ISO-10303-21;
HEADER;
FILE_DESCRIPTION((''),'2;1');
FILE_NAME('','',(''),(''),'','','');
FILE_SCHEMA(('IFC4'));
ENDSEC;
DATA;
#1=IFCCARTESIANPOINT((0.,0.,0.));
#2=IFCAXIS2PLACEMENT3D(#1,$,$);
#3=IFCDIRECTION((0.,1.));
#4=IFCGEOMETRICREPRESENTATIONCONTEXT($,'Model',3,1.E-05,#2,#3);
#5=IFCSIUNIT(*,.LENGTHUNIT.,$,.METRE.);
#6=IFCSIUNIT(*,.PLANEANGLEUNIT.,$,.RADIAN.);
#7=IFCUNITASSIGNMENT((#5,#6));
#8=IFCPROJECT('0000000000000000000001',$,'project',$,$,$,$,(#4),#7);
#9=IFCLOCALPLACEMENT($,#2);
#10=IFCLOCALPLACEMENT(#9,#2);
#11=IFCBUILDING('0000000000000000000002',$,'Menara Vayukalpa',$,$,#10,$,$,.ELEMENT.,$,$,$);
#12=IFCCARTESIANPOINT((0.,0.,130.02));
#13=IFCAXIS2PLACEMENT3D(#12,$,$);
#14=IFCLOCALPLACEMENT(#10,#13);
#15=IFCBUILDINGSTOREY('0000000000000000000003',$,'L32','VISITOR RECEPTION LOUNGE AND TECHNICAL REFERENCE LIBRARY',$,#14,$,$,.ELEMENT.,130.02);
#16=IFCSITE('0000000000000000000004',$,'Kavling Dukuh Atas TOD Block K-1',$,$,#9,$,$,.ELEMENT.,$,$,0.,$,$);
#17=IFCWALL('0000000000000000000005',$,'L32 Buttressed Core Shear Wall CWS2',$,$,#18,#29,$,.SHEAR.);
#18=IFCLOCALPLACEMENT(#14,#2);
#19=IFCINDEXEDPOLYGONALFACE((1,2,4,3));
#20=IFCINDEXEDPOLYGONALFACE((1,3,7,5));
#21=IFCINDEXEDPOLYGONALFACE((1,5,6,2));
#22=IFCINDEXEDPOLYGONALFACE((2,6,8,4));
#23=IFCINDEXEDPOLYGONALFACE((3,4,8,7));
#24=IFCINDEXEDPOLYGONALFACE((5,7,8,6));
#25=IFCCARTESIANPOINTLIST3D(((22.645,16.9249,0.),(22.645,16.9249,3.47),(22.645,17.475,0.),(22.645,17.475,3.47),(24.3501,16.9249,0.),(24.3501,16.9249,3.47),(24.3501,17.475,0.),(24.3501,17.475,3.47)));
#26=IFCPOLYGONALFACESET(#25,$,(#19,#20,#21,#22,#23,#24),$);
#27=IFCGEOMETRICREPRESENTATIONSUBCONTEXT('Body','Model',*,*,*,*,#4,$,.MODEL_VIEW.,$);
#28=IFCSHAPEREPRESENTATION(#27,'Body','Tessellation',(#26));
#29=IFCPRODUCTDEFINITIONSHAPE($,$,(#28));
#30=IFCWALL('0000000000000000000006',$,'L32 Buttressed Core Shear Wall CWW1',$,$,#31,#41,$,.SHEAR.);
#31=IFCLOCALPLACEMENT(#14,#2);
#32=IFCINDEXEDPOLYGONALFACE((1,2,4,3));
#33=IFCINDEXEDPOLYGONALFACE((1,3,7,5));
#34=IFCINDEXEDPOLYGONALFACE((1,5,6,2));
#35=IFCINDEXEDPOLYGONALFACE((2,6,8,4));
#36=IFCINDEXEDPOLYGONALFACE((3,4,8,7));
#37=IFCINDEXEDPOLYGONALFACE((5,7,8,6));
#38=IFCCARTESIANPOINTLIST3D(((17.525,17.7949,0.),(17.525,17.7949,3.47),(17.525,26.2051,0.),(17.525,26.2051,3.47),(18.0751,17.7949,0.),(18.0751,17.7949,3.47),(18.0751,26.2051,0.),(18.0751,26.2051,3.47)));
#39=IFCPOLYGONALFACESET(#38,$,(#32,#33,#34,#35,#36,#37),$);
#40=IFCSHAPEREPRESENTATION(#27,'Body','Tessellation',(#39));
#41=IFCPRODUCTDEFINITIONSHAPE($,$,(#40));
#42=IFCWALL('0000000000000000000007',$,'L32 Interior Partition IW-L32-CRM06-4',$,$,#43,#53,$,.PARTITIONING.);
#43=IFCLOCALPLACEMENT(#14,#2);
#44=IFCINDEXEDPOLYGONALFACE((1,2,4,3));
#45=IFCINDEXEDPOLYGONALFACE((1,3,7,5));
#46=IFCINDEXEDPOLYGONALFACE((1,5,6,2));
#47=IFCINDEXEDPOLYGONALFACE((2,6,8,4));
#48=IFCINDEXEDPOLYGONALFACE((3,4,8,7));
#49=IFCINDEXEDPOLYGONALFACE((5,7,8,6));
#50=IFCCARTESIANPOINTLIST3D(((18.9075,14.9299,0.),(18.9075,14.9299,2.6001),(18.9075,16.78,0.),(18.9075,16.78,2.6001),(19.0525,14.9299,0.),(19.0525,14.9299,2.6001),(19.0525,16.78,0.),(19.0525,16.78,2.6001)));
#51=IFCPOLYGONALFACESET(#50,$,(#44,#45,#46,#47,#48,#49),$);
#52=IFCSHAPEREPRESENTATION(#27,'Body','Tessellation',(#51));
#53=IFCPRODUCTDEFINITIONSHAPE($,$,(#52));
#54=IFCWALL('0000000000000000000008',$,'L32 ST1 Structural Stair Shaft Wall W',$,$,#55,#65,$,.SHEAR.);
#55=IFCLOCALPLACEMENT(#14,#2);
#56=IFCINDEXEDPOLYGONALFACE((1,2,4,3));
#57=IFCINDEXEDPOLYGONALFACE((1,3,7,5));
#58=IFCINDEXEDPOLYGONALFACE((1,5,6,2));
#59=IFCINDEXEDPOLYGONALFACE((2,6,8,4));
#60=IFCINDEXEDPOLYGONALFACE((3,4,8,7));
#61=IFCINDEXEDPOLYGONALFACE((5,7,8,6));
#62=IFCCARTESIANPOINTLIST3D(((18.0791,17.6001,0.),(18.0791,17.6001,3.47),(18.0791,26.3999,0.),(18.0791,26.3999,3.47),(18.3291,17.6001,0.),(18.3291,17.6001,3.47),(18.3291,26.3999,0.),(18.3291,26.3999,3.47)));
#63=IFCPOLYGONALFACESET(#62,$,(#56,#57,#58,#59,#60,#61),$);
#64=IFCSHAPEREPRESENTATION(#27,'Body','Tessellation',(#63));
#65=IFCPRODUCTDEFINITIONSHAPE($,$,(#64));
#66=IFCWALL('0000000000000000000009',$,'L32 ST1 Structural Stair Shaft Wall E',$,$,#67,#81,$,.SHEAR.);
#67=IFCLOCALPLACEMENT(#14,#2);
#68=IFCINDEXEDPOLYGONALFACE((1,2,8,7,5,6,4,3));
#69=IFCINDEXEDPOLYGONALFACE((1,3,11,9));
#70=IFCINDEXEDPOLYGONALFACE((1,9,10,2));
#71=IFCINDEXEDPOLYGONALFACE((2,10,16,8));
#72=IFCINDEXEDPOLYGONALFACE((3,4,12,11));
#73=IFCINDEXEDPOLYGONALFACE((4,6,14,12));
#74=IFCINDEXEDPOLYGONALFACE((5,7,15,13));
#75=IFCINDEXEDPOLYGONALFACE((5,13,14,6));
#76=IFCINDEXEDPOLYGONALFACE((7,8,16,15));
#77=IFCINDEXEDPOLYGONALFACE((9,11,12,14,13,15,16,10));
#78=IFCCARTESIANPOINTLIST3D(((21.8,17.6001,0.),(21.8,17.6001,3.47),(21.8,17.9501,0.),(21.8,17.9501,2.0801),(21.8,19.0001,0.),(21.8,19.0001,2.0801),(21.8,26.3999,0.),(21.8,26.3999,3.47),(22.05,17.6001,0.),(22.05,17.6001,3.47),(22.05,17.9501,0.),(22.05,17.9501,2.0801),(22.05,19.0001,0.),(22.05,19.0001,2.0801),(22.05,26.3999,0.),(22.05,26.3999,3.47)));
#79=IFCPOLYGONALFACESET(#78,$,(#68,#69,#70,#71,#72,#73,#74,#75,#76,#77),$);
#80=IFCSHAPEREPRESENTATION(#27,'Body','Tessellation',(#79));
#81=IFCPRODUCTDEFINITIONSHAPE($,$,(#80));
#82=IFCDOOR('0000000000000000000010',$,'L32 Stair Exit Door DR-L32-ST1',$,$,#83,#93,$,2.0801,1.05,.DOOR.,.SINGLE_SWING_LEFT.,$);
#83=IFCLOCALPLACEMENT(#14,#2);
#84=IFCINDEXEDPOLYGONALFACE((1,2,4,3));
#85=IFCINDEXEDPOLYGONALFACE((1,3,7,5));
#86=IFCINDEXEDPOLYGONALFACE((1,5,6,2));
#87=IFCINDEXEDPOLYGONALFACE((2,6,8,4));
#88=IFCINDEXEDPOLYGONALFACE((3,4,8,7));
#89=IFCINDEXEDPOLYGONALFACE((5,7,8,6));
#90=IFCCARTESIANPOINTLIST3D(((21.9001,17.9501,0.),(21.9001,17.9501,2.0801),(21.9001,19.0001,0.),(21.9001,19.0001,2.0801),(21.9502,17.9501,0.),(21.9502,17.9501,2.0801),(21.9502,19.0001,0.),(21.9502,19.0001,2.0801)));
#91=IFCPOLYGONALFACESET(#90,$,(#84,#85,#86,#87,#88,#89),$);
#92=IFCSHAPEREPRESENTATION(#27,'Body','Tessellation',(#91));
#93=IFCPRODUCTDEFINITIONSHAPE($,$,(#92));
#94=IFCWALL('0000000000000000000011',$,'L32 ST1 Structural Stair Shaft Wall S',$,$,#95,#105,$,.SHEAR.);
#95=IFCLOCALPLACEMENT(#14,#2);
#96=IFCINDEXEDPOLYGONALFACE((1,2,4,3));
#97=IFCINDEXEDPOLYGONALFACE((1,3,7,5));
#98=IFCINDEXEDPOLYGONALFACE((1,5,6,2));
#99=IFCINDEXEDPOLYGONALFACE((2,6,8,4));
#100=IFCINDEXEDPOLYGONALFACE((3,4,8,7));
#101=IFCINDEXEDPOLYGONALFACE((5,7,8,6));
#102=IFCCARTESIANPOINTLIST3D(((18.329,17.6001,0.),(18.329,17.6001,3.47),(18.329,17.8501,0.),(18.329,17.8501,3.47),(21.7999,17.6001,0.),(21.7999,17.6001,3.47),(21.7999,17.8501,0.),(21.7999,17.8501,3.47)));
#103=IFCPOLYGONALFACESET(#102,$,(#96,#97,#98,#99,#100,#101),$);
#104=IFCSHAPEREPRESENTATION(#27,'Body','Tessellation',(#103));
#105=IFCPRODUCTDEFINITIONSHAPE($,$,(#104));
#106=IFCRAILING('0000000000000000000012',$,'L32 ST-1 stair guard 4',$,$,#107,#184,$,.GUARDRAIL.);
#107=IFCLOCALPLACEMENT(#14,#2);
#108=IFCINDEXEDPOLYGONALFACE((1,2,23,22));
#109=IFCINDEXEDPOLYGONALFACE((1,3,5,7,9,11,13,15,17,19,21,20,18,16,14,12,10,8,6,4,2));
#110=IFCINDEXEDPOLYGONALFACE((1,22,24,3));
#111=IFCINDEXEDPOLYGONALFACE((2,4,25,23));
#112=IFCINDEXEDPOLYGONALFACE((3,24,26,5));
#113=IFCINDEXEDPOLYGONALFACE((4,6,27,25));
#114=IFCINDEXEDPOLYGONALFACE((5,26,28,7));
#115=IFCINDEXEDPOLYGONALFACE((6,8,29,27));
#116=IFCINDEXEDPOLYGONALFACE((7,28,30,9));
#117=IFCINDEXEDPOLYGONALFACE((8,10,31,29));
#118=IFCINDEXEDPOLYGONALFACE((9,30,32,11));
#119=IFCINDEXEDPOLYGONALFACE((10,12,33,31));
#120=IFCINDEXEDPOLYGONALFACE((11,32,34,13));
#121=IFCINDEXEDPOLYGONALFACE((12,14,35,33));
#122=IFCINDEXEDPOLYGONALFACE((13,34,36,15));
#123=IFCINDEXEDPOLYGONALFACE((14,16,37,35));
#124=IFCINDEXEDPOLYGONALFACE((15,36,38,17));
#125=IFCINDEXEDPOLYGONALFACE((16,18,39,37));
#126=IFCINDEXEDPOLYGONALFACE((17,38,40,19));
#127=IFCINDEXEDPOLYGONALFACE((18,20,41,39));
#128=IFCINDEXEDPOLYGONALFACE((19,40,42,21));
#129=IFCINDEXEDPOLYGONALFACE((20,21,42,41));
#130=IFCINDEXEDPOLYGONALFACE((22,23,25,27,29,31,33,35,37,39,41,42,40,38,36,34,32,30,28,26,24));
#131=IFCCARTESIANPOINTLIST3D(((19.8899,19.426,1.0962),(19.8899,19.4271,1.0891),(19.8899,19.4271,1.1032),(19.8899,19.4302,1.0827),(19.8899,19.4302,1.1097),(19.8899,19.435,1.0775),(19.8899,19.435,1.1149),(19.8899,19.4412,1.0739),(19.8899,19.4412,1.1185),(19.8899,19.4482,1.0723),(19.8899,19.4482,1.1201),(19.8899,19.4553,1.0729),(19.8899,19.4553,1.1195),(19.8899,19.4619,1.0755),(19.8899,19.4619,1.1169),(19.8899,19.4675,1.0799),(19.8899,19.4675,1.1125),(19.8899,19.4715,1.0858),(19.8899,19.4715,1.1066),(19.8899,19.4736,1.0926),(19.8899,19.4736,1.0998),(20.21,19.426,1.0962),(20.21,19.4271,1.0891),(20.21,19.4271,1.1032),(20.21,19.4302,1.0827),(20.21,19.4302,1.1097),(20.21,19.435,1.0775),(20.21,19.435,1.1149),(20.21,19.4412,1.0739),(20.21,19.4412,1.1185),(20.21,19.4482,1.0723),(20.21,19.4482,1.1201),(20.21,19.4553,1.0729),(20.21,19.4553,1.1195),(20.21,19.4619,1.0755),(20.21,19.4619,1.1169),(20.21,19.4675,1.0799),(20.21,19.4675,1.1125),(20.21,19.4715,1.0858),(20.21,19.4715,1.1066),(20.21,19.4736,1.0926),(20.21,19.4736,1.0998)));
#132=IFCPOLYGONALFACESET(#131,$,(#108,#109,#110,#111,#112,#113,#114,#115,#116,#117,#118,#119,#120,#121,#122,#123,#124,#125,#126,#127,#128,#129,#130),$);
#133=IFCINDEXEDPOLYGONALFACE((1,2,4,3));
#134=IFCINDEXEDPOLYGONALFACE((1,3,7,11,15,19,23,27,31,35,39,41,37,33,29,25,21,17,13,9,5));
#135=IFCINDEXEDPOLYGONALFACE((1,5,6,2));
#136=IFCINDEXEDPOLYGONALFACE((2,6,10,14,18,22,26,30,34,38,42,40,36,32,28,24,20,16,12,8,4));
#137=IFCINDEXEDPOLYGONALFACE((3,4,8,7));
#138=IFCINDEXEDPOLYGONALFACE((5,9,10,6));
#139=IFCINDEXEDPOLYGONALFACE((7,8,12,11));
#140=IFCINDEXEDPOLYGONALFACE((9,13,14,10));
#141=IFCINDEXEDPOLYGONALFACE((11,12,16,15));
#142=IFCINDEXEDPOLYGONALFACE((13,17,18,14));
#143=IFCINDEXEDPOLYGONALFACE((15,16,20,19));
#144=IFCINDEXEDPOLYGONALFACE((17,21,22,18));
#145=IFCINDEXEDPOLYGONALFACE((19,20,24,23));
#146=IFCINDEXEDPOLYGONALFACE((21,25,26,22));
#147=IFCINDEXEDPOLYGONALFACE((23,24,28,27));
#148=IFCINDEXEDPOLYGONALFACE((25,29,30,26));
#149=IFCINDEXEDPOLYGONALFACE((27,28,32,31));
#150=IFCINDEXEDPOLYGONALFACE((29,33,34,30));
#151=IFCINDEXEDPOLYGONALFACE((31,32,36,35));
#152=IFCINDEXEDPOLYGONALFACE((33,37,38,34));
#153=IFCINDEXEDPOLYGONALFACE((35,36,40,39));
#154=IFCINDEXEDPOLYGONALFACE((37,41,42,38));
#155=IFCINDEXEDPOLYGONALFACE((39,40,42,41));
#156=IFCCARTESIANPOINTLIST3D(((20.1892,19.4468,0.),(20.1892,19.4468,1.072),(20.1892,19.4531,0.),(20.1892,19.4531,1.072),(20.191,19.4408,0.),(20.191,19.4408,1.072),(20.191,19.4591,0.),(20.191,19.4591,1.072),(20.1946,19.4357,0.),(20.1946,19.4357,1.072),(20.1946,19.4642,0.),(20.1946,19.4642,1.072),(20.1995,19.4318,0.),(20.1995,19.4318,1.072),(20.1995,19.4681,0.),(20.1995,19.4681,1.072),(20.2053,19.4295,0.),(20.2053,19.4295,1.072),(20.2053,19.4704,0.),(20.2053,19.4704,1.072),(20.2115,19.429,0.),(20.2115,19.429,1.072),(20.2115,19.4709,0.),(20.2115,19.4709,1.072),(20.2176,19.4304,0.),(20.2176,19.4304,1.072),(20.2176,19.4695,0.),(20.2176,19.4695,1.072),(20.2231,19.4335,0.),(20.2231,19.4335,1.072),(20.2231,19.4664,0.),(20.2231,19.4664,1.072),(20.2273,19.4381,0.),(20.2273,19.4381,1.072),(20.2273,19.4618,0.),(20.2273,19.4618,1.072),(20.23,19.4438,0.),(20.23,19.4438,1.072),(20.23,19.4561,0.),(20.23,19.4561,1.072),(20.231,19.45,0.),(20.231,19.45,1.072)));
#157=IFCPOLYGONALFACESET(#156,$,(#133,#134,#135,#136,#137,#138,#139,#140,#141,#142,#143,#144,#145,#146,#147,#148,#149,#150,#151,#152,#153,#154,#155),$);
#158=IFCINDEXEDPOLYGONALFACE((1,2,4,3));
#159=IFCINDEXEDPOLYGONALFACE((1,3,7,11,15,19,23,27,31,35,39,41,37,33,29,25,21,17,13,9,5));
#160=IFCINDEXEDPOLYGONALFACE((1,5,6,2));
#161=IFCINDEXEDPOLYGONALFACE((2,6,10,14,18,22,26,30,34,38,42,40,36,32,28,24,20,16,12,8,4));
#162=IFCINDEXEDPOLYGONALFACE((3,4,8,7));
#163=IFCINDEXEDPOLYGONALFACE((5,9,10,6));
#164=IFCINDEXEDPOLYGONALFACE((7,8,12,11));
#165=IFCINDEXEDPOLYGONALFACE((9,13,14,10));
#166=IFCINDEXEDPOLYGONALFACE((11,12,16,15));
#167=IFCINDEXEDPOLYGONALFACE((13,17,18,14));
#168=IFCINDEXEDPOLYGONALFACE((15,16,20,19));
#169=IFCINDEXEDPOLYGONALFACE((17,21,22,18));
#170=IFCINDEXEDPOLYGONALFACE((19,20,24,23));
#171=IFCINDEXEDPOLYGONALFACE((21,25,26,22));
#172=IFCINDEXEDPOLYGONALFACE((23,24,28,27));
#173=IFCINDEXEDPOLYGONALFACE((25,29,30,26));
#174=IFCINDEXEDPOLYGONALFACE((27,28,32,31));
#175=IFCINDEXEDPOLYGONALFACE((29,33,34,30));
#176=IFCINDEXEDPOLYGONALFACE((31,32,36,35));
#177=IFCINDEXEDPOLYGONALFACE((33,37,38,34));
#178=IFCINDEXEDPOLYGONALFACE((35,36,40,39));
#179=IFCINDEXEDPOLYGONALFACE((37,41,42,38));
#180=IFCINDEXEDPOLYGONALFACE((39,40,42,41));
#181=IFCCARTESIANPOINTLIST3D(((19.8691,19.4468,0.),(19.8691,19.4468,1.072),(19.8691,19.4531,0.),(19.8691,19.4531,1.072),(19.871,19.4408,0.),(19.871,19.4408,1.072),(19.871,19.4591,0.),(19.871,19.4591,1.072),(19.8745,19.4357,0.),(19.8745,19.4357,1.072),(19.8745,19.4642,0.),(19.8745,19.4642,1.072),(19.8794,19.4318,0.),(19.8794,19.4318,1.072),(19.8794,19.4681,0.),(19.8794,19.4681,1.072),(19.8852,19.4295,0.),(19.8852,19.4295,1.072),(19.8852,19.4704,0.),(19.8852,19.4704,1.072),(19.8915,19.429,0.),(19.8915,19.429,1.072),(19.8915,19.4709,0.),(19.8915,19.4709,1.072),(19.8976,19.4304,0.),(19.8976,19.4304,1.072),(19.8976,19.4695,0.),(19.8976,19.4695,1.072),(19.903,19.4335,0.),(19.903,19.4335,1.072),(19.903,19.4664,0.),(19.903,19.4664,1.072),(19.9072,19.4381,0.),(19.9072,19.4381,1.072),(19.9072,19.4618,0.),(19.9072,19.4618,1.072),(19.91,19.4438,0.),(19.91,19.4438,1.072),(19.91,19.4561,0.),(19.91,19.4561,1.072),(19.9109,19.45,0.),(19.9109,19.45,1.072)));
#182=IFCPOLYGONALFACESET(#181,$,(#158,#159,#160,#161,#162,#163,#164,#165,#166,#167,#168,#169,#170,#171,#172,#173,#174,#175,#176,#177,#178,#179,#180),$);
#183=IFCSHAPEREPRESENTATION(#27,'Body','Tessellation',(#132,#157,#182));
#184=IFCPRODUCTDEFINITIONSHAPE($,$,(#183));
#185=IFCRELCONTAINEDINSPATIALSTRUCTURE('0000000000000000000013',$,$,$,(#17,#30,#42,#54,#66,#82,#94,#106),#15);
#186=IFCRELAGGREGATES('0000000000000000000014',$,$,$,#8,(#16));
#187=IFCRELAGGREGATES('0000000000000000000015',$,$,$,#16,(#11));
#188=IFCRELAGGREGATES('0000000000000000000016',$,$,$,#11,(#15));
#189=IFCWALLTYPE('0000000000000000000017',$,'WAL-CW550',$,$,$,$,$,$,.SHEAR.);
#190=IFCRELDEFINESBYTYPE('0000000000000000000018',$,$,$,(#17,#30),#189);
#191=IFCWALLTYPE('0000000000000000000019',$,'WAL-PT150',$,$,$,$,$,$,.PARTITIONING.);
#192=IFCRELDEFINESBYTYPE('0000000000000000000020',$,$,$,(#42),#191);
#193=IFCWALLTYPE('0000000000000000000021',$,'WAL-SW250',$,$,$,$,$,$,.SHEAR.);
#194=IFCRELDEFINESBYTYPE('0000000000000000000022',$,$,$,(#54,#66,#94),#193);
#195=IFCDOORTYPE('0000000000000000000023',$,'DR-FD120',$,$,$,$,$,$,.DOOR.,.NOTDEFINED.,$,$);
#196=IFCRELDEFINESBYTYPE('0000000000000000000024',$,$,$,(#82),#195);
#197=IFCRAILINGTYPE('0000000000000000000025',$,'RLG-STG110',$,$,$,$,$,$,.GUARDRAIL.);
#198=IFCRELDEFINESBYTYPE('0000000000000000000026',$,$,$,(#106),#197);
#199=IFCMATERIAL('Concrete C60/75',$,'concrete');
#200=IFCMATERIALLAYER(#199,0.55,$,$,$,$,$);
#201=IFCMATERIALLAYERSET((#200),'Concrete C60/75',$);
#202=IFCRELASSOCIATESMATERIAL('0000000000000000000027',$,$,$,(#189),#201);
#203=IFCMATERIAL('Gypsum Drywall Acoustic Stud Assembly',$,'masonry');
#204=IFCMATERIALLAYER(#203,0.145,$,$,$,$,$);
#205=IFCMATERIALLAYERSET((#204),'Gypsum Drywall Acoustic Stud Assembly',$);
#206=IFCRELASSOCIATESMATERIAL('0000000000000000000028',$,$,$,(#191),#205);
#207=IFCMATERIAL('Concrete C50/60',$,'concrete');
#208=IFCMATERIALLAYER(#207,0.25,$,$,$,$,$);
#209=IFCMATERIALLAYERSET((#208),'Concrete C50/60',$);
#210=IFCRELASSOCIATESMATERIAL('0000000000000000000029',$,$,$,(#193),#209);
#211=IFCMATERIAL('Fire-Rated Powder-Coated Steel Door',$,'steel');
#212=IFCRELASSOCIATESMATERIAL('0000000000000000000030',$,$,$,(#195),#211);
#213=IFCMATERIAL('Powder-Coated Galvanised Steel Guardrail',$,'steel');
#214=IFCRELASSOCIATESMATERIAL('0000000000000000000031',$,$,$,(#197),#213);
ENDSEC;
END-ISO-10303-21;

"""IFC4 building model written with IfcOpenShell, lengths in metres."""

from ifc_helpers import new_model, si_unit, direction, frame, frame_2d, origin, origin_2d, place, context, subcontext, project, spatial, rectangle, circle, extrude, material, layer, layer_set, type_object, element, fill, save


model = new_model("IFC4")

# Units and contexts
model_context = context("Model", 3, precision=1e-05, world=origin(), true_north=direction((0.0, 1.0)))
body_context = subcontext(model_context, "Body", "Model", "MODEL_VIEW")
ifc_project = project(units=[si_unit("LENGTHUNIT", "METRE"), si_unit("PLANEANGLEUNIT", "RADIAN")], contexts=[model_context])

# Site, building, storey
site_placement = place(None, origin())
site = spatial("IfcSite", under=ifc_project, at=site_placement, Name="Kavling Dukuh Atas TOD Block K-1", CompositionType="ELEMENT", RefElevation=0.0)
building_placement = place(site_placement, origin())
building = spatial("IfcBuilding", under=site, at=building_placement, Name="Menara Vayukalpa", CompositionType="ELEMENT")
storey_placement = place(building_placement, frame((0.0, 0.0, 130.02)))
storey = spatial("IfcBuildingStorey", under=building, at=storey_placement, Name="L32", Description="VISITOR RECEPTION LOUNGE AND TECHNICAL REFERENCE LIBRARY", CompositionType="ELEMENT", Elevation=130.02)

# Walls
ifc_material_1 = material(Name="Concrete C60/75", Category="concrete")
ifc_layer_1 = layer(ifc_material_1, 0.55)
ifc_layer_set_1 = layer_set([ifc_layer_1], Name="Concrete C60/75")
wall_type_1 = type_object("IfcWallType", Name="WAL-CW550", PredefinedType="SHEAR", material=ifc_layer_set_1)
wall_1_placement = place(storey_placement, frame((22.645, 17.2, 0.0), z_axis=(0.0, 0.0, 1.0), x_axis=(1.0, 0.0, 0.0)))
element("IfcWall", 1, at=wall_1_placement, inside=storey, type_object=wall_type_1, Name="L32 Buttressed Core Shear Wall CWS2", PredefinedType="SHEAR", context=body_context, shape_type="SweptSolid", body=[
    extrude(rectangle(XDim=1.7051, YDim=0.55, at=frame_2d((0.8525, 0.0))), origin(), (0.0, 0.0, 1.0), 3.47),
])
wall_2_placement = place(storey_placement, frame((17.8, 17.7949, 0.0), z_axis=(0.0, 0.0, 1.0), x_axis=(0.0, 1.0, 0.0)))
element("IfcWall", 2, at=wall_2_placement, inside=storey, type_object=wall_type_1, Name="L32 Buttressed Core Shear Wall CWW1", PredefinedType="SHEAR", context=body_context, shape_type="SweptSolid", body=[
    extrude(rectangle(XDim=8.4102, YDim=0.55, at=frame_2d((4.2051, 0.0))), origin(), (0.0, 0.0, 1.0), 3.47),
])
ifc_material_2 = material(Name="Gypsum Drywall Acoustic Stud Assembly", Category="masonry")
ifc_layer_2 = layer(ifc_material_2, 0.145)
ifc_layer_set_2 = layer_set([ifc_layer_2], Name="Gypsum Drywall Acoustic Stud Assembly")
wall_type_2 = type_object("IfcWallType", Name="WAL-PT150", PredefinedType="PARTITIONING", material=ifc_layer_set_2)
wall_3_placement = place(storey_placement, frame((18.98, 16.78, 0.0), z_axis=(0.0, 0.0, 1.0), x_axis=(0.0, -1.0, 0.0)))
element("IfcWall", 3, at=wall_3_placement, inside=storey, type_object=wall_type_2, Name="L32 Interior Partition IW-L32-CRM06-4", PredefinedType="PARTITIONING", context=body_context, shape_type="SweptSolid", body=[
    extrude(rectangle(XDim=1.8501, YDim=0.145, at=frame_2d((0.925, 0.0))), origin(), (0.0, 0.0, 1.0), 2.6001),
])
ifc_material_3 = material(Name="Concrete C50/60", Category="concrete")
ifc_layer_3 = layer(ifc_material_3, 0.25)
ifc_layer_set_3 = layer_set([ifc_layer_3], Name="Concrete C50/60")
wall_type_3 = type_object("IfcWallType", Name="WAL-SW250", PredefinedType="SHEAR", material=ifc_layer_set_3)
wall_4_placement = place(storey_placement, frame((18.2041, 17.6001, 0.0), z_axis=(0.0, 0.0, 1.0), x_axis=(0.0, 1.0, 0.0)))
element("IfcWall", 4, at=wall_4_placement, inside=storey, type_object=wall_type_3, Name="L32 ST1 Structural Stair Shaft Wall W", PredefinedType="SHEAR", context=body_context, shape_type="SweptSolid", body=[
    extrude(rectangle(XDim=8.7998, YDim=0.25, at=frame_2d((4.3999, 0.0))), origin(), (0.0, 0.0, 1.0), 3.47),
])

# Wall, opening, door
wall_5_placement = place(storey_placement, frame((21.925, 17.6001, 0.0), z_axis=(0.0, 0.0, 1.0), x_axis=(0.0, 1.0, 0.0)))
wall_5 = element("IfcWall", 5, at=wall_5_placement, inside=storey, type_object=wall_type_3, Name="L32 ST1 Structural Stair Shaft Wall E", PredefinedType="SHEAR", context=body_context, shape_type="SweptSolid", body=[
    extrude(rectangle(XDim=8.7998, YDim=0.25, at=frame_2d((4.3999, 0.0))), origin(), (0.0, 0.0, 1.0), 3.47),
])
opening_placement = place(wall_5_placement, frame((0.3501, 0.0, 0.0)))
opening = element("IfcOpeningElement", 6, at=opening_placement, cuts=wall_5, PredefinedType="OPENING", context=body_context, shape_type="SweptSolid", body=[
    extrude(rectangle(XDim=1.05, YDim=2.0801, at=frame_2d((0.5249, 1.04))), frame((0.0, 0.135, 0.0), z_axis=(0.0, -1.0, 0.0), x_axis=(1.0, 0.0, 0.0)), (0.0, 0.0, 1.0), 0.27),
])
ifc_material_4 = material(Name="Fire-Rated Powder-Coated Steel Door", Category="steel")
door_type = type_object("IfcDoorType", Name="DR-FD120", OperationType="NOTDEFINED", PredefinedType="DOOR", material=ifc_material_4)
door_placement = place(opening_placement, origin())
door = element("IfcDoor", 7, at=door_placement, inside=storey, type_object=door_type, Name="L32 Stair Exit Door DR-L32-ST1", OperationType="SINGLE_SWING_LEFT", OverallHeight=2.0801, OverallWidth=1.05, PredefinedType="DOOR", context=body_context, shape_type="SweptSolid", body=[
    extrude(rectangle(XDim=1.05, YDim=2.0801, at=frame_2d((0.5249, 1.04))), frame((0.0, 0.0249, 0.0), z_axis=(0.0, -1.0, 0.0), x_axis=(1.0, 0.0, 0.0)), (0.0, 0.0, 1.0), 0.05),
])
fill(opening, door)

# Wall
wall_6_placement = place(storey_placement, frame((18.3291, 17.7251, 0.0), z_axis=(0.0, 0.0, 1.0), x_axis=(1.0, 0.0, 0.0)))
element("IfcWall", 8, at=wall_6_placement, inside=storey, type_object=wall_type_3, Name="L32 ST1 Structural Stair Shaft Wall S", PredefinedType="SHEAR", context=body_context, shape_type="SweptSolid", body=[
    extrude(rectangle(XDim=3.4709, YDim=0.25, at=frame_2d((1.7354, 0.0))), origin(), (0.0, 0.0, 1.0), 3.47),
])

# Railing
ifc_material_5 = material(Name="Powder-Coated Galvanised Steel Guardrail", Category="steel")
railing_type = type_object("IfcRailingType", Name="RLG-STG110", PredefinedType="GUARDRAIL", material=ifc_material_5)
railing_placement = place(storey_placement, frame((20.21, 19.45, 0.0)))
element("IfcRailing", 9, at=railing_placement, inside=storey, type_object=railing_type, Name="L32 ST-1 stair guard 4", PredefinedType="GUARDRAIL", context=body_context, shape_type="SweptSolid", body=[
    extrude(circle(Radius=0.0239, at=origin_2d()), frame((0.0, 0.0, 1.0962), z_axis=(-1.0, 0.0, 0.0), x_axis=(0.0, -1.0, 0.0)), (0.0, 0.0, 1.0), 0.3201),
    extrude(circle(Radius=0.021, at=origin_2d()), origin(), (0.0, 0.0, 1.0), 1.072),
    extrude(circle(Radius=0.021, at=origin_2d()), frame((-0.3201, 0.0, 0.0)), (0.0, 0.0, 1.0), 1.072),
])

save(model, "model.ifc")
